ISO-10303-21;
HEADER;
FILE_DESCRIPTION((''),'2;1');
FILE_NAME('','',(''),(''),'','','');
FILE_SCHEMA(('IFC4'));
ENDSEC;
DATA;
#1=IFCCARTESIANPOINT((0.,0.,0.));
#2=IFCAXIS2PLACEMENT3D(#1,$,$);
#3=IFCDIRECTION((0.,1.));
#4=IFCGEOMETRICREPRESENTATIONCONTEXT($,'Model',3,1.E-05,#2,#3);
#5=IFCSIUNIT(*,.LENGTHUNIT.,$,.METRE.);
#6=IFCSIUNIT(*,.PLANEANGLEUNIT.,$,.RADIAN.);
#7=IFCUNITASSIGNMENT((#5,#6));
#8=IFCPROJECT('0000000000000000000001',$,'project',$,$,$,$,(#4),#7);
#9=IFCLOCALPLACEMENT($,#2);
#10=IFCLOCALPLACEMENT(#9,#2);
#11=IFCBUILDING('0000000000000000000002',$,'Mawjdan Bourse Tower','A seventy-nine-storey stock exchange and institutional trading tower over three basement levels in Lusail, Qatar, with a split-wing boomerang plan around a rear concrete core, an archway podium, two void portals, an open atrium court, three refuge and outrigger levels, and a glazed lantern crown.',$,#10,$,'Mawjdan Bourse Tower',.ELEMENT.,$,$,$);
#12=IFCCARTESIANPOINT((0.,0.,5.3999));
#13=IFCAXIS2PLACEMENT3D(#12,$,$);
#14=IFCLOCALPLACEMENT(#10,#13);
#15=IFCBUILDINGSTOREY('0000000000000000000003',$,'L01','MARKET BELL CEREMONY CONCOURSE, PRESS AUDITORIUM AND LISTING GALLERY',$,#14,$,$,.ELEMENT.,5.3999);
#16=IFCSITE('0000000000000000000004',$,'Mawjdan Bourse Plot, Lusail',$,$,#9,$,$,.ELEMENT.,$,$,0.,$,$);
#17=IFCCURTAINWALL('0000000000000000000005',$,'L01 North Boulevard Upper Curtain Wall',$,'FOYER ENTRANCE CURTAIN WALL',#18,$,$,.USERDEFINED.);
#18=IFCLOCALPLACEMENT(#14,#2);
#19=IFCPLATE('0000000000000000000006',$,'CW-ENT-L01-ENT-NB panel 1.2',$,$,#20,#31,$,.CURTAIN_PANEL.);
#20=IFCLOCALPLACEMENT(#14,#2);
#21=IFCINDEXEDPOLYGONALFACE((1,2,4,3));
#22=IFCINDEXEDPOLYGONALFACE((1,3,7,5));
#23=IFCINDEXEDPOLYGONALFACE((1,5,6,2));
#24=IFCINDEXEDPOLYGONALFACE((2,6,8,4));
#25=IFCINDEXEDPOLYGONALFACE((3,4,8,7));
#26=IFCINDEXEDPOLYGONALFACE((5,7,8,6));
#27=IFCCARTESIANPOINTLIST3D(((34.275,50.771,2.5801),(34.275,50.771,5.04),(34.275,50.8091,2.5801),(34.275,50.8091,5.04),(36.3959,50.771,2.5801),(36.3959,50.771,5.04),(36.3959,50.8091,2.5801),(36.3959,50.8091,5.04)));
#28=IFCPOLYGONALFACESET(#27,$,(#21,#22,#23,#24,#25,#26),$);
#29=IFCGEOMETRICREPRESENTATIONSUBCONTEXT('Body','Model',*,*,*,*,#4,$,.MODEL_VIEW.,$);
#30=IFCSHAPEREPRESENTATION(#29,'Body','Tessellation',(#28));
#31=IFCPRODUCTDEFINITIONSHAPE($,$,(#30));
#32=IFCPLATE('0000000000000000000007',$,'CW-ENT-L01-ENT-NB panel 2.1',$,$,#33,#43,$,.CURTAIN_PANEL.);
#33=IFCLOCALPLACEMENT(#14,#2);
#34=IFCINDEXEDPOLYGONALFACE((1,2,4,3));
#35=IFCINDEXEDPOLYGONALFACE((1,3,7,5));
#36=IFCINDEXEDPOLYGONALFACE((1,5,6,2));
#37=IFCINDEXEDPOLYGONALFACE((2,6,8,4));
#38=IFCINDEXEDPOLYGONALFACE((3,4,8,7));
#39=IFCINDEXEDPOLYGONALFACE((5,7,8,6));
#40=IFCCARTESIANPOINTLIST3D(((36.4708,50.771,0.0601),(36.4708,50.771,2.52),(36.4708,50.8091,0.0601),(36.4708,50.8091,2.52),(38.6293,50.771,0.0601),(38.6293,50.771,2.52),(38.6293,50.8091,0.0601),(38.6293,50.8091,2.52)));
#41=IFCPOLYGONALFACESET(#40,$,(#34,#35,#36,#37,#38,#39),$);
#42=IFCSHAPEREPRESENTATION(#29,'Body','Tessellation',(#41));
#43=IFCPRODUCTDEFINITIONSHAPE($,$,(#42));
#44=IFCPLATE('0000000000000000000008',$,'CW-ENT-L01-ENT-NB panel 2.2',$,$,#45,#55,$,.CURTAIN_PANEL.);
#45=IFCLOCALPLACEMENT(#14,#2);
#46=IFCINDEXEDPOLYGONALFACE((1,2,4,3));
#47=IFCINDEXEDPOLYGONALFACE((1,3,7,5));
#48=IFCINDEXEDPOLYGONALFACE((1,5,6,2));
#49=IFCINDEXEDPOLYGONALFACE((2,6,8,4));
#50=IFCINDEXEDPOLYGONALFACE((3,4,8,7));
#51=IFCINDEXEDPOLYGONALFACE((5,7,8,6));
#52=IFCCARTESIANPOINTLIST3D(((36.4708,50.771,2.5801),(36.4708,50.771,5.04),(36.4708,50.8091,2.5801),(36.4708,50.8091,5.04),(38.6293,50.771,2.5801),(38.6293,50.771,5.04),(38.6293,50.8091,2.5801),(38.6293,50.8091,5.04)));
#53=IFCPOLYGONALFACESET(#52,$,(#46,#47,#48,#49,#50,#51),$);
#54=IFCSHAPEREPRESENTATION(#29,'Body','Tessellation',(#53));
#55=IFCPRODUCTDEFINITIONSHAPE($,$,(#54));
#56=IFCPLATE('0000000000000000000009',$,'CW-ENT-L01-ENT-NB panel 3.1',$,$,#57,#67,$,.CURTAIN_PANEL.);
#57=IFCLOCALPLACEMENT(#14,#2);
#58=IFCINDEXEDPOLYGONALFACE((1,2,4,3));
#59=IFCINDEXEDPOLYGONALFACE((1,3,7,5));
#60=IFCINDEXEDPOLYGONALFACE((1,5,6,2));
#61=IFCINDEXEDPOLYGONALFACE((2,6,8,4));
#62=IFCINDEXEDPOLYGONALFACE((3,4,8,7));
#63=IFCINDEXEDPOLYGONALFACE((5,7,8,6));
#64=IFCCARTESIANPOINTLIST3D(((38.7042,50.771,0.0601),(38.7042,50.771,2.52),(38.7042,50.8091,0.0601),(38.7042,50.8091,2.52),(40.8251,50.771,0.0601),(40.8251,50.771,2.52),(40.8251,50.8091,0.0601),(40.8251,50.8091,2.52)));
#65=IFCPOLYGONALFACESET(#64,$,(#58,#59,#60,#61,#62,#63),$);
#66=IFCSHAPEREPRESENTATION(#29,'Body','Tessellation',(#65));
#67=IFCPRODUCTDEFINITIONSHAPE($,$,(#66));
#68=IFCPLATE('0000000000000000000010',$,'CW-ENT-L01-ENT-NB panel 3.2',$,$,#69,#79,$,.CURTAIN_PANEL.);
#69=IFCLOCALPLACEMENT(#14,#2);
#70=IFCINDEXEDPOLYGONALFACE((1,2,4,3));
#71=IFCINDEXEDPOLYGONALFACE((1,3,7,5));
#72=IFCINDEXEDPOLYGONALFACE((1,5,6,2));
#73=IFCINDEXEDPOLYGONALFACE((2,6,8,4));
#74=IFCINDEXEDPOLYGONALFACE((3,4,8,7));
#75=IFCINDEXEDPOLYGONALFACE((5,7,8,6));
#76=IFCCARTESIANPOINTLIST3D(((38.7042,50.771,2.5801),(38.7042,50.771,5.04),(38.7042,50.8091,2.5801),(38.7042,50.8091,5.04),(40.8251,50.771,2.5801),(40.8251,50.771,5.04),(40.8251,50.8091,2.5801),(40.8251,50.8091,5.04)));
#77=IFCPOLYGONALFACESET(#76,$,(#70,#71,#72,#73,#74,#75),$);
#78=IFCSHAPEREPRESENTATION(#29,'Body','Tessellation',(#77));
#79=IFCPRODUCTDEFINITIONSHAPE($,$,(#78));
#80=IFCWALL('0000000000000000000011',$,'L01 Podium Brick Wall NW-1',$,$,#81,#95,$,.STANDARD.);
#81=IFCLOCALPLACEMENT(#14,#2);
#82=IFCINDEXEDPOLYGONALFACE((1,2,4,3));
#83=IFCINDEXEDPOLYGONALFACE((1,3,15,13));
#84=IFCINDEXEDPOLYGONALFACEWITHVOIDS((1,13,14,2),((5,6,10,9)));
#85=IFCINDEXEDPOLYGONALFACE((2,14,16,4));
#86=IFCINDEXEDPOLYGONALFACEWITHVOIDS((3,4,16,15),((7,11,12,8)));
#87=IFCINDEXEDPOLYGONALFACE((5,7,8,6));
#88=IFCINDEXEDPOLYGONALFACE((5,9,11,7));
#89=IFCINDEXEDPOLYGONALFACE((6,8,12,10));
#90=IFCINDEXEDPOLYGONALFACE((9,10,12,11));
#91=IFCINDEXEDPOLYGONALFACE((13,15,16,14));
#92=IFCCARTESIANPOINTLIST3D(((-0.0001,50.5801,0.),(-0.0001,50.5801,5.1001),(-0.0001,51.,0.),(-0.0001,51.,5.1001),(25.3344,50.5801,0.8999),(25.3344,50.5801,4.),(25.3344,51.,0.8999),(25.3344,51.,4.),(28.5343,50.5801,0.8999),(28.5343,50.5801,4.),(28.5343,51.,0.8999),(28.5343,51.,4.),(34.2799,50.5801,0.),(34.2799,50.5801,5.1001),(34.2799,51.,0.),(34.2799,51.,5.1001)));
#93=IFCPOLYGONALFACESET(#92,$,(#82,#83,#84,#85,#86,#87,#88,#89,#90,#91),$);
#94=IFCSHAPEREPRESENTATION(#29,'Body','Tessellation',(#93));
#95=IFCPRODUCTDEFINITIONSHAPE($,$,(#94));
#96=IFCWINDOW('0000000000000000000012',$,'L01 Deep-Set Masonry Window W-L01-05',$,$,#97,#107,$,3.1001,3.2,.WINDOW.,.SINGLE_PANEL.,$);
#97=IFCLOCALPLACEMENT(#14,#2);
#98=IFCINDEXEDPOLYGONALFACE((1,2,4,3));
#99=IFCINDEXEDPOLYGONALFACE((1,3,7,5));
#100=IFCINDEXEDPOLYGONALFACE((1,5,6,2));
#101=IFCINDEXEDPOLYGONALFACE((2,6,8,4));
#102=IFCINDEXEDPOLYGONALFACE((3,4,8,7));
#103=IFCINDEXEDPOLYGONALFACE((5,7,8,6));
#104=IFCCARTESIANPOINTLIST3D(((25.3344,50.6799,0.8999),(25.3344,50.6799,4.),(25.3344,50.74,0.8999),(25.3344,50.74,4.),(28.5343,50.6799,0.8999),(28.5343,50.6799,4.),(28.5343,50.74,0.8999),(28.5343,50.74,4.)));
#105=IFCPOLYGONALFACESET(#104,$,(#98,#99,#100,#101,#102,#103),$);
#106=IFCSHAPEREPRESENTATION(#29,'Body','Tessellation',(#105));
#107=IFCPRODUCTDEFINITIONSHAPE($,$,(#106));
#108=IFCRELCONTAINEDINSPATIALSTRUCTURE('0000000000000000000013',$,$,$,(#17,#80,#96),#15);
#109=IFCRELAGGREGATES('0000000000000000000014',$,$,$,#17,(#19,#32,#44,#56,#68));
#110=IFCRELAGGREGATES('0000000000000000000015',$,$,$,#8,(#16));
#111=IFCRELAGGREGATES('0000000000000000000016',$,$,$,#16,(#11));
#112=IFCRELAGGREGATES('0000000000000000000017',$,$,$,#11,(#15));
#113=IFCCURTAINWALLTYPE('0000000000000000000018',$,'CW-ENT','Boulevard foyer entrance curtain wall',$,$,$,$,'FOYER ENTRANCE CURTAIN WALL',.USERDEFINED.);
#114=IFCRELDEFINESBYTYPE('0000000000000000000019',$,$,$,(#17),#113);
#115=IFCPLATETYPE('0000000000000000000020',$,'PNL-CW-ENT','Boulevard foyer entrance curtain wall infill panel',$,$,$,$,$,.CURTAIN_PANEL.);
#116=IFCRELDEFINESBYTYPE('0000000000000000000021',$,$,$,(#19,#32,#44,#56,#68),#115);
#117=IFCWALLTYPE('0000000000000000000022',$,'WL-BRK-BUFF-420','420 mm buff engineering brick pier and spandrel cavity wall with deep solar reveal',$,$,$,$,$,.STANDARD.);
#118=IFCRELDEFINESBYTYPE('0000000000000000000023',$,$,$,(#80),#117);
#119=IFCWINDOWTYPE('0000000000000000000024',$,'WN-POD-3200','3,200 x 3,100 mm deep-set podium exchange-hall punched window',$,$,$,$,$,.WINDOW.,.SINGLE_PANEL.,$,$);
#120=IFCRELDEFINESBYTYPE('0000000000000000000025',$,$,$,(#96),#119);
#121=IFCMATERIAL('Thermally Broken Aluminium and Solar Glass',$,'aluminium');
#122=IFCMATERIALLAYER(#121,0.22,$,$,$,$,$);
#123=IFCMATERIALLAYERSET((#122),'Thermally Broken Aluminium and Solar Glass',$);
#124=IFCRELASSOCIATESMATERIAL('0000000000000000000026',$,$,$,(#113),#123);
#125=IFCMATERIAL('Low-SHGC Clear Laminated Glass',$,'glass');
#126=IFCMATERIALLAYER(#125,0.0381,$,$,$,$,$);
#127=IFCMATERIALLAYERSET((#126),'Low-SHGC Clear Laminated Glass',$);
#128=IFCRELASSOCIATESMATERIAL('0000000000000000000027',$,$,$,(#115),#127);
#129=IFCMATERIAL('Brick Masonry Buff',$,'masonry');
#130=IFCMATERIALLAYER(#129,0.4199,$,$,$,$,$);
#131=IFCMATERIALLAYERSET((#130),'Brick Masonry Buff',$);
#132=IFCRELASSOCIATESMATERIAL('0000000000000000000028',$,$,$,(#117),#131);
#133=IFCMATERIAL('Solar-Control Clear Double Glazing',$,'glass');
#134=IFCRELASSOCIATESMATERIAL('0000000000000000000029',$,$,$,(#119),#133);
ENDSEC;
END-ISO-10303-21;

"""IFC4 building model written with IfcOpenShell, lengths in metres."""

from ifc_helpers import new_model, si_unit, direction, frame, frame_2d, origin, origin_2d, place, context, subcontext, project, spatial, rectangle, extrude, material, layer, layer_set, type_object, element, fill, aggregate, save


model = new_model("IFC4")

# Units and contexts
model_context = context("Model", 3, precision=1e-05, world=origin(), true_north=direction((0.0, 1.0)))
body_context = subcontext(model_context, "Body", "Model", "MODEL_VIEW")
ifc_project = project(units=[si_unit("LENGTHUNIT", "METRE"), si_unit("PLANEANGLEUNIT", "RADIAN")], contexts=[model_context])

# Site, building, storey
site_placement = place(None, origin())
site = spatial("IfcSite", under=ifc_project, at=site_placement, Name="Mawjdan Bourse Plot, Lusail", CompositionType="ELEMENT", RefElevation=0.0)
building_placement = place(site_placement, origin())
building = spatial("IfcBuilding", under=site, at=building_placement, Name="Mawjdan Bourse Tower", Description="A seventy-nine-storey stock exchange and institutional trading tower over three basement levels in Lusail, Qatar, with a split-wing boomerang plan around a rear concrete core, an archway podium, two void portals, an open atrium court, three refuge and outrigger levels, and a glazed lantern crown.", LongName="Mawjdan Bourse Tower", CompositionType="ELEMENT")
storey_placement = place(building_placement, frame((0.0, 0.0, 5.3999)))
storey = spatial("IfcBuildingStorey", under=building, at=storey_placement, Name="L01", Description="MARKET BELL CEREMONY CONCOURSE, PRESS AUDITORIUM AND LISTING GALLERY", CompositionType="ELEMENT", Elevation=5.3999)

# Curtain wall, plates
ifc_material_1 = material(Name="Thermally Broken Aluminium and Solar Glass", Category="aluminium")
ifc_layer_1 = layer(ifc_material_1, 0.22)
ifc_layer_set_1 = layer_set([ifc_layer_1], Name="Thermally Broken Aluminium and Solar Glass")
curtain_wall_type = type_object("IfcCurtainWallType", Name="CW-ENT", Description="Boulevard foyer entrance curtain wall", ElementType="FOYER ENTRANCE CURTAIN WALL", PredefinedType="USERDEFINED", material=ifc_layer_set_1)
curtain_wall_placement = place(storey_placement, origin())
curtain_wall = element("IfcCurtainWall", 1, at=curtain_wall_placement, inside=storey, type_object=curtain_wall_type, Name="L01 North Boulevard Upper Curtain Wall", ObjectType="FOYER ENTRANCE CURTAIN WALL", PredefinedType="USERDEFINED")
ifc_material_2 = material(Name="Low-SHGC Clear Laminated Glass", Category="glass")
ifc_layer_2 = layer(ifc_material_2, 0.0381)
ifc_layer_set_2 = layer_set([ifc_layer_2], Name="Low-SHGC Clear Laminated Glass")
plate_type = type_object("IfcPlateType", Name="PNL-CW-ENT", Description="Boulevard foyer entrance curtain wall infill panel", PredefinedType="CURTAIN_PANEL", material=ifc_layer_set_2)
plate_1_placement = place(storey_placement, frame((35.3354, 50.79, 2.5801), z_axis=(0.0, 0.0, 1.0), x_axis=(1.0, 0.0, 0.0)))
plate_1 = element("IfcPlate", 2, at=plate_1_placement, type_object=plate_type, Name="CW-ENT-L01-ENT-NB panel 1.2", PredefinedType="CURTAIN_PANEL", context=body_context, shape_type="SweptSolid", body=[
    extrude(rectangle(XDim=2.1208, YDim=0.0381, at=origin_2d()), origin(), (0.0, 0.0, 1.0), 2.46),
])
plate_2_placement = place(storey_placement, frame((37.55, 50.79, 0.0601), z_axis=(0.0, 0.0, 1.0), x_axis=(1.0, 0.0, 0.0)))
plate_2 = element("IfcPlate", 3, at=plate_2_placement, type_object=plate_type, Name="CW-ENT-L01-ENT-NB panel 2.1", PredefinedType="CURTAIN_PANEL", context=body_context, shape_type="SweptSolid", body=[
    extrude(rectangle(XDim=2.1584, YDim=0.0381, at=origin_2d()), origin(), (0.0, 0.0, 1.0), 2.46),
])
plate_3_placement = place(storey_placement, frame((37.55, 50.79, 2.5801), z_axis=(0.0, 0.0, 1.0), x_axis=(1.0, 0.0, 0.0)))
plate_3 = element("IfcPlate", 4, at=plate_3_placement, type_object=plate_type, Name="CW-ENT-L01-ENT-NB panel 2.2", PredefinedType="CURTAIN_PANEL", context=body_context, shape_type="SweptSolid", body=[
    extrude(rectangle(XDim=2.1584, YDim=0.0381, at=origin_2d()), origin(), (0.0, 0.0, 1.0), 2.46),
])
plate_4_placement = place(storey_placement, frame((39.7646, 50.79, 0.0601), z_axis=(0.0, 0.0, 1.0), x_axis=(1.0, 0.0, 0.0)))
plate_4 = element("IfcPlate", 5, at=plate_4_placement, type_object=plate_type, Name="CW-ENT-L01-ENT-NB panel 3.1", PredefinedType="CURTAIN_PANEL", context=body_context, shape_type="SweptSolid", body=[
    extrude(rectangle(XDim=2.1208, YDim=0.0381, at=origin_2d()), origin(), (0.0, 0.0, 1.0), 2.46),
])
plate_5_placement = place(storey_placement, frame((39.7646, 50.79, 2.5801), z_axis=(0.0, 0.0, 1.0), x_axis=(1.0, 0.0, 0.0)))
plate_5 = element("IfcPlate", 6, at=plate_5_placement, type_object=plate_type, Name="CW-ENT-L01-ENT-NB panel 3.2", PredefinedType="CURTAIN_PANEL", context=body_context, shape_type="SweptSolid", body=[
    extrude(rectangle(XDim=2.1208, YDim=0.0381, at=origin_2d()), origin(), (0.0, 0.0, 1.0), 2.46),
])
aggregate(curtain_wall, [plate_1, plate_2, plate_3, plate_4, plate_5])

# Wall, opening, window
ifc_material_3 = material(Name="Brick Masonry Buff", Category="masonry")
ifc_layer_3 = layer(ifc_material_3, 0.4199)
ifc_layer_set_3 = layer_set([ifc_layer_3], Name="Brick Masonry Buff")
wall_type = type_object("IfcWallType", Name="WL-BRK-BUFF-420", Description="420 mm buff engineering brick pier and spandrel cavity wall with deep solar reveal", PredefinedType="STANDARD", material=ifc_layer_set_3)
wall_placement = place(storey_placement, frame((34.28, 50.79, 0.0), z_axis=(0.0, 0.0, 1.0), x_axis=(-1.0, 0.0, 0.0)))
wall = element("IfcWall", 7, at=wall_placement, inside=storey, type_object=wall_type, Name="L01 Podium Brick Wall NW-1", PredefinedType="STANDARD", context=body_context, shape_type="SweptSolid", body=[
    extrude(rectangle(XDim=34.28, YDim=0.4199, at=frame_2d((17.1401, 0.0))), origin(), (0.0, 0.0, 1.0), 5.1001),
])
opening_placement = place(wall_placement, frame((5.7456, 0.0, 0.8999)))
opening = element("IfcOpeningElement", 8, at=opening_placement, cuts=wall, PredefinedType="OPENING", context=body_context, shape_type="SweptSolid", body=[
    extrude(rectangle(XDim=3.2, YDim=3.1001, at=frame_2d((1.6001, 1.55))), frame((0.0, 0.22, 0.0), z_axis=(0.0, -1.0, 0.0), x_axis=(1.0, 0.0, 0.0)), (0.0, 0.0, 1.0), 0.4399),
])
ifc_material_4 = material(Name="Solar-Control Clear Double Glazing", Category="glass")
window_type = type_object("IfcWindowType", Name="WN-POD-3200", Description="3,200 x 3,100 mm deep-set podium exchange-hall punched window", PartitioningType="SINGLE_PANEL", PredefinedType="WINDOW", material=ifc_material_4)
window_placement = place(opening_placement, origin())
window = element("IfcWindow", 9, at=window_placement, inside=storey, type_object=window_type, Name="L01 Deep-Set Masonry Window W-L01-05", OverallHeight=3.1001, OverallWidth=3.2, PartitioningType="SINGLE_PANEL", PredefinedType="WINDOW", context=body_context, shape_type="SweptSolid", body=[
    extrude(rectangle(XDim=3.2, YDim=3.1001, at=frame_2d((1.6001, 1.55))), frame((0.0, 0.1101, 0.0), z_axis=(0.0, -1.0, 0.0), x_axis=(1.0, 0.0, 0.0)), (0.0, 0.0, 1.0), 0.0601),
])
fill(opening, window)

save(model, "model.ifc")
